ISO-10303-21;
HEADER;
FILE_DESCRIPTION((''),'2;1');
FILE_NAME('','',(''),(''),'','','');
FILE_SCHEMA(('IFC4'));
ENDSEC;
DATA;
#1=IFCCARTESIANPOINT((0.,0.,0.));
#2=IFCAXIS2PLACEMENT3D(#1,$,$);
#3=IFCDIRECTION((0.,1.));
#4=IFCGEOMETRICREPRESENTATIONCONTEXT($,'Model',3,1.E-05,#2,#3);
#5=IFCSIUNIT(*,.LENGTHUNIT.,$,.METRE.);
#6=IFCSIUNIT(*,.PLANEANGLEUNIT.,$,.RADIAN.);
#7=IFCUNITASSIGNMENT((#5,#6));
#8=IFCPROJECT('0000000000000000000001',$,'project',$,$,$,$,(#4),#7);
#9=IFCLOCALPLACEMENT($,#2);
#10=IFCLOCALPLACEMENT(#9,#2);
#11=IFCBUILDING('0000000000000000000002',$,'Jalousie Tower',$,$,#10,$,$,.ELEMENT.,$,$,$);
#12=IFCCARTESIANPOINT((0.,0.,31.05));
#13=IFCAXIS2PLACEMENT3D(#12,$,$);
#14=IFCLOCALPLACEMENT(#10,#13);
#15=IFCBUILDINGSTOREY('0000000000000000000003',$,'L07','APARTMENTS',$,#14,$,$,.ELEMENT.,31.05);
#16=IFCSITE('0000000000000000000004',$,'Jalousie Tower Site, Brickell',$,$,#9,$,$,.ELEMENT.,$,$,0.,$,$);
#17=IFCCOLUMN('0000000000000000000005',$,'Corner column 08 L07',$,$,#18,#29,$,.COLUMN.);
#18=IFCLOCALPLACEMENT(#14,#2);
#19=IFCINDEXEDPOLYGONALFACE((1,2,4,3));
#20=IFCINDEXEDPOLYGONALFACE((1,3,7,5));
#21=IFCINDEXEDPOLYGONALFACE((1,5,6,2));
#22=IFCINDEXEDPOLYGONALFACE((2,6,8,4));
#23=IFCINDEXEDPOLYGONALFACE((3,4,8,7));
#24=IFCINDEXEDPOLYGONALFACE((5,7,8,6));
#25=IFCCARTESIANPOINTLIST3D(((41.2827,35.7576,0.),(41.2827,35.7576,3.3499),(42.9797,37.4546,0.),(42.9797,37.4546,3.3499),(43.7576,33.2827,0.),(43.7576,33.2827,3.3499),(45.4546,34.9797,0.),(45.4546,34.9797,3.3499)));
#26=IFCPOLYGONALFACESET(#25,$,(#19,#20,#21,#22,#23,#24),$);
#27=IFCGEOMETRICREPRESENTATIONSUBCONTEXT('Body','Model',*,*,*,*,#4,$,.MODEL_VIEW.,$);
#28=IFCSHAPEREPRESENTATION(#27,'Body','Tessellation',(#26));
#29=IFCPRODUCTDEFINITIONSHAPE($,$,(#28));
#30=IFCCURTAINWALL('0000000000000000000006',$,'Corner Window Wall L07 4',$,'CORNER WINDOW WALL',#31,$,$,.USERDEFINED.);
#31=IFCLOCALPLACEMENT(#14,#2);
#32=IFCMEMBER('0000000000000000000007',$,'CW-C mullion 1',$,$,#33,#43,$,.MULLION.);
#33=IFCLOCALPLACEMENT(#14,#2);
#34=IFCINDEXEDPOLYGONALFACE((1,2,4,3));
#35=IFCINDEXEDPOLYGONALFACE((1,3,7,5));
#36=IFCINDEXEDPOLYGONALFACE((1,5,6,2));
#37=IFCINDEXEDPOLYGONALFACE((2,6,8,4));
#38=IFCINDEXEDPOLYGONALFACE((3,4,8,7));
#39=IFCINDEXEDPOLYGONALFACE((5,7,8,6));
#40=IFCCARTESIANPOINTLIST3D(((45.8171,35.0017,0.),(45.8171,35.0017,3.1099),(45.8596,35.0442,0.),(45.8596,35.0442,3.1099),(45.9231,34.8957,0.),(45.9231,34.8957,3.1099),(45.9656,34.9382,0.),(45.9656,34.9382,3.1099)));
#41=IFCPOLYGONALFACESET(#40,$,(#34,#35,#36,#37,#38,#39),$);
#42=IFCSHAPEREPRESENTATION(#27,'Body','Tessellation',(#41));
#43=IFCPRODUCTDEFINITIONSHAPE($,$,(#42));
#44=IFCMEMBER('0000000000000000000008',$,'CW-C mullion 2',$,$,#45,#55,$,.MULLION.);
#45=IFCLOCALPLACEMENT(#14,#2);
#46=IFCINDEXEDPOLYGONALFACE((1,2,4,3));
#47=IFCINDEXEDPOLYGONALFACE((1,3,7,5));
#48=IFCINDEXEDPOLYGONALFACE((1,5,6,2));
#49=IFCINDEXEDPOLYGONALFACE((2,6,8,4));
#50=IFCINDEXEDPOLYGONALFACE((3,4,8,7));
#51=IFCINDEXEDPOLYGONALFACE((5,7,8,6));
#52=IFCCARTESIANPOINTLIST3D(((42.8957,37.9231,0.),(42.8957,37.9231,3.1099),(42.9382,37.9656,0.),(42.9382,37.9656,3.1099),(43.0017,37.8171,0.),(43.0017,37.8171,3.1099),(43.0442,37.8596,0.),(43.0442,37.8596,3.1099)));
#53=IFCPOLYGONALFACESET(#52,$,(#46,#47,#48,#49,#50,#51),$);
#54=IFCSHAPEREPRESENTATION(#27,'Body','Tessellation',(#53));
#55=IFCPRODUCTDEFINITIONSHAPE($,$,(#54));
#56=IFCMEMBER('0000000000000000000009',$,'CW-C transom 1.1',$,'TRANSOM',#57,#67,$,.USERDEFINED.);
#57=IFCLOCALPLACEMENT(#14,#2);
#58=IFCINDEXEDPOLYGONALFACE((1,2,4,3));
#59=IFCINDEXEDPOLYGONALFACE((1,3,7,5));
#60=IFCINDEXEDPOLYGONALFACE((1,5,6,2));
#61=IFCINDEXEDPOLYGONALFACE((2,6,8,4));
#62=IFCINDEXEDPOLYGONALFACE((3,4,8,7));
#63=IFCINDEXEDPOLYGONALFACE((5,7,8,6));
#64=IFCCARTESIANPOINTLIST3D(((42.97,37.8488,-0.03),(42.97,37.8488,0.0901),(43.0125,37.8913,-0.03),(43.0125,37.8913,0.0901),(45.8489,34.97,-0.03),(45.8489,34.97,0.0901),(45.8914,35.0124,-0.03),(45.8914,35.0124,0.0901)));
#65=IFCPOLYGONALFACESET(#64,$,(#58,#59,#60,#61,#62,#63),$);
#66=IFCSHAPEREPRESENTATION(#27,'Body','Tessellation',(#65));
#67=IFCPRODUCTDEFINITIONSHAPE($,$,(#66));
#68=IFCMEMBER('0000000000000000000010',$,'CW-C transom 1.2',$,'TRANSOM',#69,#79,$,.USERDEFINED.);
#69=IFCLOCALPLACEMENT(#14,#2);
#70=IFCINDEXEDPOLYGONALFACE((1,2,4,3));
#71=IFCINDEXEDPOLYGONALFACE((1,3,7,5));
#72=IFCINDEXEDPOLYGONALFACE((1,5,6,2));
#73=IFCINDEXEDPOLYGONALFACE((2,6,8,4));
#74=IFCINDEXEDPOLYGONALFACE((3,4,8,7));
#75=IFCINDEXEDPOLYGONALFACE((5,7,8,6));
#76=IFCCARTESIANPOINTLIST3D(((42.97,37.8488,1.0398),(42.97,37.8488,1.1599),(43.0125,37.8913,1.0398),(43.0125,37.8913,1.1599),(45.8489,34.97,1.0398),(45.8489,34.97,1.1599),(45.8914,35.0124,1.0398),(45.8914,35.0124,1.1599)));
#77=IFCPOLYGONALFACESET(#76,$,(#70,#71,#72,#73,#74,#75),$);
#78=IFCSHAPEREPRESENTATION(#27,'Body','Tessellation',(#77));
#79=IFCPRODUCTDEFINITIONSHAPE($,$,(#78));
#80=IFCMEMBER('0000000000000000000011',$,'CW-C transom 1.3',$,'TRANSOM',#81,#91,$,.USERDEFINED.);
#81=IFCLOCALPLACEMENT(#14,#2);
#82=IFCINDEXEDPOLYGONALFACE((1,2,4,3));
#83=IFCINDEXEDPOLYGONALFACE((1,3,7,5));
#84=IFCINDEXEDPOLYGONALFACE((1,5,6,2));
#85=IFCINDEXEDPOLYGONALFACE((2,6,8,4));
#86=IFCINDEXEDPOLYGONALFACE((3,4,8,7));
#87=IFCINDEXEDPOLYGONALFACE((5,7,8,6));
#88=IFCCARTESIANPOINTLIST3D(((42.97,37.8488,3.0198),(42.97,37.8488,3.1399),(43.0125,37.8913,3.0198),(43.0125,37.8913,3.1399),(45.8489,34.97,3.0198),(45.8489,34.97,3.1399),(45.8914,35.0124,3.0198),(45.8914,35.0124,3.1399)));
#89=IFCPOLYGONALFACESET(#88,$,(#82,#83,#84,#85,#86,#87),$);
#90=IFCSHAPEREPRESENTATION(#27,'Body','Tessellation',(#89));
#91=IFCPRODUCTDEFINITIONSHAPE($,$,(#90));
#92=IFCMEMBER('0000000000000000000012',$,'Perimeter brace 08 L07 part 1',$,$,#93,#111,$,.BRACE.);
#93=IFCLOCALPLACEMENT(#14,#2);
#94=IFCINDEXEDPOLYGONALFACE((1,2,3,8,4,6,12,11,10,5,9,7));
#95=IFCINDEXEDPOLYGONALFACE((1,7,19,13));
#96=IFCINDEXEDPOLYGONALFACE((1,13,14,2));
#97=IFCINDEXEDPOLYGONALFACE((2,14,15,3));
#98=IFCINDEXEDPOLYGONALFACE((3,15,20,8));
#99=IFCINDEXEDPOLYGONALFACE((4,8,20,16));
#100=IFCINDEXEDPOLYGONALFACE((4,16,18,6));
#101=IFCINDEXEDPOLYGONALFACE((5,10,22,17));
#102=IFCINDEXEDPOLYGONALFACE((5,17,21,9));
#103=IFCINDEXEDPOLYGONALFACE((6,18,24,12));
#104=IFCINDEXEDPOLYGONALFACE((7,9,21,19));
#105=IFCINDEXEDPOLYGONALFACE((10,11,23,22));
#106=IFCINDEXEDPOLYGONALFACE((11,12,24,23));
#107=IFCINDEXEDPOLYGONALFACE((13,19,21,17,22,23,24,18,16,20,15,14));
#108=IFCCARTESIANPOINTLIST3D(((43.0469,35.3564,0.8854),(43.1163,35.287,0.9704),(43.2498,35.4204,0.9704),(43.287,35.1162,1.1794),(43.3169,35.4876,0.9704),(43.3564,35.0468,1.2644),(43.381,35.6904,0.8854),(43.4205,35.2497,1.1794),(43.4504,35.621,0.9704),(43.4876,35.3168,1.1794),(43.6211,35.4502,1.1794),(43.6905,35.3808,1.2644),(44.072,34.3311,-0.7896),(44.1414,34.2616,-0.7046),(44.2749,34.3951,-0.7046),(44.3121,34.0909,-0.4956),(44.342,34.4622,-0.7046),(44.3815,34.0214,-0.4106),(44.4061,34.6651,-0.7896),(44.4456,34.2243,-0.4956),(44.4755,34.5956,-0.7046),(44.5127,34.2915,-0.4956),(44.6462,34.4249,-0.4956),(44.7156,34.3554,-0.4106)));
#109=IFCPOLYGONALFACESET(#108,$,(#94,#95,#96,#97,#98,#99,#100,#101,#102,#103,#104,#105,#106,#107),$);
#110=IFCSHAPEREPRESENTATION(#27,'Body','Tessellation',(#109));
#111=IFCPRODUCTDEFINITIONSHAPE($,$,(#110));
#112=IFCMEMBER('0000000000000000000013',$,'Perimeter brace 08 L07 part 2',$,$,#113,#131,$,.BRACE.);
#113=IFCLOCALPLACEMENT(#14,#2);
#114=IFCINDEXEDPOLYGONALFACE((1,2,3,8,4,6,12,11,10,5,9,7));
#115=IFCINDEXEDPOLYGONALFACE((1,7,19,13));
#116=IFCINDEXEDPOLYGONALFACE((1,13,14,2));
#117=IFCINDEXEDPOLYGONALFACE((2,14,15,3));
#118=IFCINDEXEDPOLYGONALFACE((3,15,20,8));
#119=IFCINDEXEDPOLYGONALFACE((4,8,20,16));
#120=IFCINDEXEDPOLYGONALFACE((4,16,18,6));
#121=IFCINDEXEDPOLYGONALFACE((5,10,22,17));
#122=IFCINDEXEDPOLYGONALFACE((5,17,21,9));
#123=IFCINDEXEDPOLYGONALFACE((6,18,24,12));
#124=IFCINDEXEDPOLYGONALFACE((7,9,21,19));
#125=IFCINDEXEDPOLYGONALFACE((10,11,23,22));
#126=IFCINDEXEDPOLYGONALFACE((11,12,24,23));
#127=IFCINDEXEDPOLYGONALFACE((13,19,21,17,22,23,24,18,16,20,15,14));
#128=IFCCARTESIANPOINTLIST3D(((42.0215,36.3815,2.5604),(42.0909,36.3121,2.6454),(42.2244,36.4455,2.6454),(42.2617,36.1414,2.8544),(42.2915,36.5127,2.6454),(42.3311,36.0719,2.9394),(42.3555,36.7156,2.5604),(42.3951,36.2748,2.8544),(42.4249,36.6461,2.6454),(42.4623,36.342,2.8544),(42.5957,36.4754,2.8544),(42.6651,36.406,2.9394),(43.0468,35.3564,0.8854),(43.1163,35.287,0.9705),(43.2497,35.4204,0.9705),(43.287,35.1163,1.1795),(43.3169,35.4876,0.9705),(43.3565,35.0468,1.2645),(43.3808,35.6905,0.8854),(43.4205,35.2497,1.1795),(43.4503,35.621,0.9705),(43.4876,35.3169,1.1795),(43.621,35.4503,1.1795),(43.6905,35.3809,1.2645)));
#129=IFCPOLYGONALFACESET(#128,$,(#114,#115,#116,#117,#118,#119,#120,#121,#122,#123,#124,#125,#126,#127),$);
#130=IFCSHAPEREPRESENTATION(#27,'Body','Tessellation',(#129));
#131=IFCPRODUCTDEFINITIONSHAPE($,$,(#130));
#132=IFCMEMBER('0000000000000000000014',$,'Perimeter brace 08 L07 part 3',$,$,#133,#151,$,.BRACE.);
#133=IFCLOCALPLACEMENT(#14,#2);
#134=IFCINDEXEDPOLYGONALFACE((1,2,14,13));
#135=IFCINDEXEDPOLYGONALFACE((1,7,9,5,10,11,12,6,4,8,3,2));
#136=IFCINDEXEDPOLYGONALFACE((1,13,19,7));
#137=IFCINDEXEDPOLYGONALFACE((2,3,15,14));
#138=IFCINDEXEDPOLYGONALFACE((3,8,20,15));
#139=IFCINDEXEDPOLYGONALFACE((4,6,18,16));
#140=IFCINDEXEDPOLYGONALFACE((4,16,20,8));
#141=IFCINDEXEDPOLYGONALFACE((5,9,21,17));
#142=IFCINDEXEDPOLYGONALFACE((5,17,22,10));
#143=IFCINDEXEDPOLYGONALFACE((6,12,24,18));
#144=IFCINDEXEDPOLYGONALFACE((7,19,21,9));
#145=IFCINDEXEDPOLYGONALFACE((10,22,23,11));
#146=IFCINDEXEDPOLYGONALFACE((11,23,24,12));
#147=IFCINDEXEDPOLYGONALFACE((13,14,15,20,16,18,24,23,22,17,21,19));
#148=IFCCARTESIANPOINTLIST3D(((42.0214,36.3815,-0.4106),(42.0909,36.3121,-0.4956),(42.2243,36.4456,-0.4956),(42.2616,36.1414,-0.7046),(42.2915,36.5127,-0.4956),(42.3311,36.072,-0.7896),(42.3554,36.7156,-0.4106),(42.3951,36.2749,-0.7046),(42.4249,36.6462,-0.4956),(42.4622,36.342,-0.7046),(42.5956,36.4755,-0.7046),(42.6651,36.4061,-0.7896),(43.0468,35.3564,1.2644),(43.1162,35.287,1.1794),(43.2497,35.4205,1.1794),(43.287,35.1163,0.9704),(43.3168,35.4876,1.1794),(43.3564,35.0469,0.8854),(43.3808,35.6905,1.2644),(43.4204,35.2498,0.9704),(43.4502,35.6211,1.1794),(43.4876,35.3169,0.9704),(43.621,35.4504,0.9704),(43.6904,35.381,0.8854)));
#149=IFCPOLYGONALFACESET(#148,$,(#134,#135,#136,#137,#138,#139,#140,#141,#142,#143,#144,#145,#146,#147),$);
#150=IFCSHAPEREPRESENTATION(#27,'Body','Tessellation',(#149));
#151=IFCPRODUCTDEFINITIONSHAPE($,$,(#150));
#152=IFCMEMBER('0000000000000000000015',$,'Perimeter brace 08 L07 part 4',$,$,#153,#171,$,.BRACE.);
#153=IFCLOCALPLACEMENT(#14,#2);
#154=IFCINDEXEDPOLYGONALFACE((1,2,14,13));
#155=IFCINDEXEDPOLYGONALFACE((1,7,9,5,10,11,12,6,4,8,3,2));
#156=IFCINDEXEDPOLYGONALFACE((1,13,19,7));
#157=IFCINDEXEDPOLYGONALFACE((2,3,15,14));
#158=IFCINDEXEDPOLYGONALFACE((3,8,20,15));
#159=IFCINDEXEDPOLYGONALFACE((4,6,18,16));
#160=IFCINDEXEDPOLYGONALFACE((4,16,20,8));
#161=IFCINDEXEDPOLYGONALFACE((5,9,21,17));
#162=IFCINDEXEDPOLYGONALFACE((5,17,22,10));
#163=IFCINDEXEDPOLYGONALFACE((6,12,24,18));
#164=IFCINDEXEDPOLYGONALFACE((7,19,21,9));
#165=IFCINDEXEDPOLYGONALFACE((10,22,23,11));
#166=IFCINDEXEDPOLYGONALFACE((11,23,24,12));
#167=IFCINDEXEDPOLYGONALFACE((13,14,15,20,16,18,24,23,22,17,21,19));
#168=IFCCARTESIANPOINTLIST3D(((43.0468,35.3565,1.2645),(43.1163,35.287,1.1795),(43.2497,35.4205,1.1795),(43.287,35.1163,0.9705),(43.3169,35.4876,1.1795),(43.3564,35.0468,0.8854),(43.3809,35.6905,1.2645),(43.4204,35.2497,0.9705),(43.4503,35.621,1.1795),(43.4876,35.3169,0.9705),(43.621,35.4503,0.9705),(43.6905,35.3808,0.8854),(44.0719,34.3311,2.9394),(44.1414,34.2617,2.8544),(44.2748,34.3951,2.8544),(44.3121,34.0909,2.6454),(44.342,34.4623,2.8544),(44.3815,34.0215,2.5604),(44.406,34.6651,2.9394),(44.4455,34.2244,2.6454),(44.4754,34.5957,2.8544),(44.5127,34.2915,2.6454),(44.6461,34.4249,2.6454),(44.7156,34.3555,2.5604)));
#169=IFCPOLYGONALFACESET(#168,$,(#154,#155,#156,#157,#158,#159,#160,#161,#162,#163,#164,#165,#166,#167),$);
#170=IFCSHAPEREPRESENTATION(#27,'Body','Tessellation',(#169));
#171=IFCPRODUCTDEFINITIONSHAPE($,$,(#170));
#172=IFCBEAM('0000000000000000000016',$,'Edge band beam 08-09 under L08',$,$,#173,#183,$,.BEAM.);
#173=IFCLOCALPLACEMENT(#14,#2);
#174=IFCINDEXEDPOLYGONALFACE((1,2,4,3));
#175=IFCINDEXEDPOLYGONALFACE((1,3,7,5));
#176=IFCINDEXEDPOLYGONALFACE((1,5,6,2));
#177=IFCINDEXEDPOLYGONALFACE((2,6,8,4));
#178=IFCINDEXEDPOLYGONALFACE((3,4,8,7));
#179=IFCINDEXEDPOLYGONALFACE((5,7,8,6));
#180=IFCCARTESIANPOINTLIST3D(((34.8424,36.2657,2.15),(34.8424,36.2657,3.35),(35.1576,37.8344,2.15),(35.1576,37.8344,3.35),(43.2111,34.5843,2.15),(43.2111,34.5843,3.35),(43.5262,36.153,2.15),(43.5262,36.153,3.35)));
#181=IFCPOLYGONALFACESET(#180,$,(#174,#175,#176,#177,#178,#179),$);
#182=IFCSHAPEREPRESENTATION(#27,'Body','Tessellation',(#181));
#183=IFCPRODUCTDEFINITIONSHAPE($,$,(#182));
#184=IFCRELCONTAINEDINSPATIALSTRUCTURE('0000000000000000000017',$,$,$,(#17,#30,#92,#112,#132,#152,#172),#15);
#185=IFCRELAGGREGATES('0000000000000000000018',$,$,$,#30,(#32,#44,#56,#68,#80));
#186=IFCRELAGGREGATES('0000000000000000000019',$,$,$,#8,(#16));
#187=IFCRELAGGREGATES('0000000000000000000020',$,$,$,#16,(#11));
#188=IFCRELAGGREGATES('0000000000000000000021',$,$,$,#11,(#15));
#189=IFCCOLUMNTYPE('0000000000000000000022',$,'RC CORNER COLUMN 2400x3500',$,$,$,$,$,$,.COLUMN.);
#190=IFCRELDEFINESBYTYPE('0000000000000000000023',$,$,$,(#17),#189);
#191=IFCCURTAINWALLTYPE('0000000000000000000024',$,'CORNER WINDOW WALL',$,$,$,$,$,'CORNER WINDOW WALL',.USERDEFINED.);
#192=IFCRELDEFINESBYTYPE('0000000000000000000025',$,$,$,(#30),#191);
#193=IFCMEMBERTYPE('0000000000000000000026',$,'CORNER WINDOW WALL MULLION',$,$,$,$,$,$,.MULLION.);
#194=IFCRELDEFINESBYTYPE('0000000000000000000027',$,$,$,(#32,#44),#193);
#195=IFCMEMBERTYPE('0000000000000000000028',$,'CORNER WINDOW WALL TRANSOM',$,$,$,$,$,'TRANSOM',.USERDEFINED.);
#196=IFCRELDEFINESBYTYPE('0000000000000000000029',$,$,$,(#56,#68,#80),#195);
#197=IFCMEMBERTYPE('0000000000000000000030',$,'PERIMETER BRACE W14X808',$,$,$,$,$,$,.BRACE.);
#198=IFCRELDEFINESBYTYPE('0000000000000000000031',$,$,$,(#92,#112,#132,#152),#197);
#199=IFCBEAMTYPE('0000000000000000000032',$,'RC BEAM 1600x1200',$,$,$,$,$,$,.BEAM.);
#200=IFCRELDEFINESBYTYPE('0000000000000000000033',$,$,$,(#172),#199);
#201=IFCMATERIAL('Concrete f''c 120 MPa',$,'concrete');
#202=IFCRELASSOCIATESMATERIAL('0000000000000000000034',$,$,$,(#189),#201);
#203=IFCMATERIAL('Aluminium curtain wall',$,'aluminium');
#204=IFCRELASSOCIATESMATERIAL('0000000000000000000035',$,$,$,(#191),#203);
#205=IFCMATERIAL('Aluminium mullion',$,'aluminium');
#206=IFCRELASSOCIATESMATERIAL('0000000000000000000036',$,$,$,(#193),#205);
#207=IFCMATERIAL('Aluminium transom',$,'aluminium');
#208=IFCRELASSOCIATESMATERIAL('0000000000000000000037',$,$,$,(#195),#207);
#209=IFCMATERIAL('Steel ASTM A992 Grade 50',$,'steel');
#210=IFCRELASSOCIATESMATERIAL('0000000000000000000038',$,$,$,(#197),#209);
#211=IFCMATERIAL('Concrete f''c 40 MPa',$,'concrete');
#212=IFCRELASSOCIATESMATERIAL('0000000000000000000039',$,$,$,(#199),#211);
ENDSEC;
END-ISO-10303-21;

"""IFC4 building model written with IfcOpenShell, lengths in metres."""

from ifc_helpers import new_model, si_unit, direction, frame, origin, origin_2d, place, context, subcontext, project, spatial, rectangle, i_section, extrude, material, material_profile, profile_set, type_object, element, aggregate, save


model = new_model("IFC4")

# Units and contexts
model_context = context("Model", 3, precision=1e-05, world=origin(), true_north=direction((0.0, 1.0)))
body_context = subcontext(model_context, "Body", "Model", "MODEL_VIEW")
ifc_project = project(units=[si_unit("LENGTHUNIT", "METRE"), si_unit("PLANEANGLEUNIT", "RADIAN")], contexts=[model_context])

# Site, building, storey
site_placement = place(None, origin())
site = spatial("IfcSite", under=ifc_project, at=site_placement, Name="Jalousie Tower Site, Brickell", CompositionType="ELEMENT", RefElevation=0.0)
building_placement = place(site_placement, origin())
building = spatial("IfcBuilding", under=site, at=building_placement, Name="Jalousie Tower", CompositionType="ELEMENT")
storey_placement = place(building_placement, frame((0.0, 0.0, 31.05)))
storey = spatial("IfcBuildingStorey", under=building, at=storey_placement, Name="L07", Description="APARTMENTS", CompositionType="ELEMENT", Elevation=31.05)

# Column
ifc_material_1 = material(Name="Concrete f'c 120 MPa", Category="concrete")
ifc_material_profile_1 = material_profile(ifc_material_1, rectangle(XDim=2.3999, YDim=3.5, at=origin_2d()), Name="RC 2400x3500")
ifc_profile_set_1 = profile_set([ifc_material_profile_1], Name="Concrete f'c 120 MPa")
column_type = type_object("IfcColumnType", Name="RC CORNER COLUMN 2400x3500", PredefinedType="COLUMN", material=ifc_profile_set_1)
column_placement = place(storey_placement, frame((43.3687, 35.3687, 0.0), z_axis=(0.0, 0.0, 1.0), x_axis=(-0.707107, -0.707107, 0.0)))
element("IfcColumn", 1, at=column_placement, inside=storey, type_object=column_type, Name="Corner column 08 L07", PredefinedType="COLUMN", context=body_context, shape_type="SweptSolid", body=[
    extrude(rectangle(XDim=2.3999, YDim=3.5, at=origin_2d()), origin(), (0.0, 0.0, 1.0), 3.3499),
])

# Curtain wall, members
ifc_material_2 = material(Name="Aluminium curtain wall", Category="aluminium")
curtain_wall_type_1 = type_object("IfcCurtainWallType", Name="CORNER WINDOW WALL", ElementType="CORNER WINDOW WALL", PredefinedType="USERDEFINED", material=ifc_material_2)
curtain_wall_1_placement = place(storey_placement, origin())
curtain_wall_1 = element("IfcCurtainWall", 2, at=curtain_wall_1_placement, inside=storey, type_object=curtain_wall_type_1, Name="Corner Window Wall L07 4", ObjectType="CORNER WINDOW WALL", PredefinedType="USERDEFINED")
ifc_material_3 = material(Name="Aluminium mullion", Category="aluminium")
ifc_material_profile_2 = material_profile(ifc_material_3, rectangle(XDim=0.0601, YDim=0.1499, at=origin_2d()), Name="MULLION 60x150")
ifc_profile_set_2 = profile_set([ifc_material_profile_2], Name="Aluminium mullion")
member_type_1 = type_object("IfcMemberType", Name="CORNER WINDOW WALL MULLION", PredefinedType="MULLION", material=ifc_profile_set_2)
member_1_placement = place(storey_placement, frame((45.8914, 34.97, 0.0), z_axis=(0.0, 0.0, 1.0), x_axis=(-0.707107, -0.707107, 0.0)))
member_1 = element("IfcMember", 3, at=member_1_placement, type_object=member_type_1, Name="CW-C mullion 1", PredefinedType="MULLION", context=body_context, shape_type="SweptSolid", body=[
    extrude(rectangle(XDim=0.0601, YDim=0.1499, at=origin_2d()), origin(), (0.0, 0.0, 1.0), 3.1099),
])
member_2_placement = place(storey_placement, frame((42.97, 37.8914, 0.0), z_axis=(0.0, 0.0, 1.0), x_axis=(-0.707107, -0.707107, 0.0)))
member_2 = element("IfcMember", 4, at=member_2_placement, type_object=member_type_1, Name="CW-C mullion 2", PredefinedType="MULLION", context=body_context, shape_type="SweptSolid", body=[
    extrude(rectangle(XDim=0.0601, YDim=0.1499, at=origin_2d()), origin(), (0.0, 0.0, 1.0), 3.1099),
])
ifc_material_4 = material(Name="Aluminium transom", Category="aluminium")
ifc_material_profile_3 = material_profile(ifc_material_4, rectangle(XDim=0.0601, YDim=0.1201, at=origin_2d()), Name="TRANSOM 60x120")
ifc_profile_set_3 = profile_set([ifc_material_profile_3], Name="Aluminium transom")
member_type_2 = type_object("IfcMemberType", Name="CORNER WINDOW WALL TRANSOM", ElementType="TRANSOM", PredefinedType="USERDEFINED", material=ifc_profile_set_3)
member_3_placement = place(storey_placement, frame((45.8701, 34.9912, 0.03), z_axis=(-0.707107, 0.707107, 0.0), x_axis=(-0.707107, -0.707107, 0.0)))
member_3 = element("IfcMember", 5, at=member_3_placement, type_object=member_type_2, Name="CW-C transom 1.1", ObjectType="TRANSOM", PredefinedType="USERDEFINED", context=body_context, shape_type="SweptSolid", body=[
    extrude(rectangle(XDim=0.0601, YDim=0.1201, at=origin_2d()), origin(), (0.0, 0.0, 1.0), 4.0713),
])
member_4_placement = place(storey_placement, frame((45.8701, 34.9912, 1.0999), z_axis=(-0.707107, 0.707107, 0.0), x_axis=(-0.707107, -0.707107, 0.0)))
member_4 = element("IfcMember", 6, at=member_4_placement, type_object=member_type_2, Name="CW-C transom 1.2", ObjectType="TRANSOM", PredefinedType="USERDEFINED", context=body_context, shape_type="SweptSolid", body=[
    extrude(rectangle(XDim=0.0601, YDim=0.1201, at=origin_2d()), origin(), (0.0, 0.0, 1.0), 4.0713),
])
member_5_placement = place(storey_placement, frame((45.8701, 34.9912, 3.0798), z_axis=(-0.707107, 0.707107, 0.0), x_axis=(-0.707107, -0.707107, 0.0)))
member_5 = element("IfcMember", 7, at=member_5_placement, type_object=member_type_2, Name="CW-C transom 1.3", ObjectType="TRANSOM", PredefinedType="USERDEFINED", context=body_context, shape_type="SweptSolid", body=[
    extrude(rectangle(XDim=0.0601, YDim=0.1201, at=origin_2d()), origin(), (0.0, 0.0, 1.0), 4.0713),
])

# Members
ifc_material_5 = material(Name="Steel ASTM A992 Grade 50", Category="steel")
ifc_material_profile_4 = material_profile(ifc_material_5, i_section(OverallWidth=0.4724, OverallDepth=0.5791, WebThickness=0.095, FlangeThickness=0.1299, at=origin_2d()), Name="W14X808")
ifc_profile_set_4 = profile_set([ifc_material_profile_4], Name="Steel ASTM A992 Grade 50")
member_type_3 = type_object("IfcMemberType", Name="PERIMETER BRACE W14X808", PredefinedType="BRACE", material=ifc_profile_set_4)
for number, where, z_axis, x_axis, name in (
    (8, (44.3938, 34.3433, -0.6001), (-0.46273, 0.46284, 0.756082), (-0.707191, -0.707023, 0.0), "Perimeter brace 08 L07 part 1"),
    (9, (43.3687, 35.3687, 1.075), (-0.46284, 0.46273, 0.756082), (-0.707023, -0.707191, 0.0), "Perimeter brace 08 L07 part 2"),
    (10, (42.3433, 36.3938, -0.6001), (0.46284, -0.46273, 0.756082), (0.707023, 0.707191, 0.0), "Perimeter brace 08 L07 part 3"),
    (11, (43.3687, 35.3687, 1.075), (0.46273, -0.46284, 0.756082), (0.707191, 0.707023, 0.0), "Perimeter brace 08 L07 part 4"),
):
    element("IfcMember", number, at=place(storey_placement, frame(where, z_axis=z_axis, x_axis=x_axis)), inside=storey, type_object=member_type_3, Name=name, PredefinedType="BRACE", context=body_context, shape_type="SweptSolid", body=[
        extrude(i_section(OverallWidth=0.4724, OverallDepth=0.5791, WebThickness=0.095, FlangeThickness=0.1299, at=origin_2d()), origin(), (0.0, 0.0, 1.0), 2.2153),
    ])

# Beam
ifc_material_6 = material(Name="Concrete f'c 40 MPa", Category="concrete")
ifc_material_profile_5 = material_profile(ifc_material_6, rectangle(XDim=1.6001, YDim=1.2, at=origin_2d()), Name="RC 1600x1200")
ifc_profile_set_5 = profile_set([ifc_material_profile_5], Name="Concrete f'c 40 MPa")
beam_type_1 = type_object("IfcBeamType", Name="RC BEAM 1600x1200", PredefinedType="BEAM", material=ifc_profile_set_5)
beam_1_placement = place(storey_placement, frame((43.3687, 35.3687, 2.75), z_axis=(-0.980408, 0.19698, 0.0), x_axis=(-0.19698, -0.980408, 0.0)))
element("IfcBeam", 12, at=beam_1_placement, inside=storey, type_object=beam_type_1, Name="Edge band beam 08-09 under L08", PredefinedType="BEAM", context=body_context, shape_type="SweptSolid", body=[
    extrude(rectangle(XDim=1.6001, YDim=1.2, at=origin_2d()), origin(), (0.0, 0.0, 1.0), 8.5359),
])

aggregate(curtain_wall_1, [member_1, member_2, member_3, member_4, member_5])

save(model, "model.ifc")
